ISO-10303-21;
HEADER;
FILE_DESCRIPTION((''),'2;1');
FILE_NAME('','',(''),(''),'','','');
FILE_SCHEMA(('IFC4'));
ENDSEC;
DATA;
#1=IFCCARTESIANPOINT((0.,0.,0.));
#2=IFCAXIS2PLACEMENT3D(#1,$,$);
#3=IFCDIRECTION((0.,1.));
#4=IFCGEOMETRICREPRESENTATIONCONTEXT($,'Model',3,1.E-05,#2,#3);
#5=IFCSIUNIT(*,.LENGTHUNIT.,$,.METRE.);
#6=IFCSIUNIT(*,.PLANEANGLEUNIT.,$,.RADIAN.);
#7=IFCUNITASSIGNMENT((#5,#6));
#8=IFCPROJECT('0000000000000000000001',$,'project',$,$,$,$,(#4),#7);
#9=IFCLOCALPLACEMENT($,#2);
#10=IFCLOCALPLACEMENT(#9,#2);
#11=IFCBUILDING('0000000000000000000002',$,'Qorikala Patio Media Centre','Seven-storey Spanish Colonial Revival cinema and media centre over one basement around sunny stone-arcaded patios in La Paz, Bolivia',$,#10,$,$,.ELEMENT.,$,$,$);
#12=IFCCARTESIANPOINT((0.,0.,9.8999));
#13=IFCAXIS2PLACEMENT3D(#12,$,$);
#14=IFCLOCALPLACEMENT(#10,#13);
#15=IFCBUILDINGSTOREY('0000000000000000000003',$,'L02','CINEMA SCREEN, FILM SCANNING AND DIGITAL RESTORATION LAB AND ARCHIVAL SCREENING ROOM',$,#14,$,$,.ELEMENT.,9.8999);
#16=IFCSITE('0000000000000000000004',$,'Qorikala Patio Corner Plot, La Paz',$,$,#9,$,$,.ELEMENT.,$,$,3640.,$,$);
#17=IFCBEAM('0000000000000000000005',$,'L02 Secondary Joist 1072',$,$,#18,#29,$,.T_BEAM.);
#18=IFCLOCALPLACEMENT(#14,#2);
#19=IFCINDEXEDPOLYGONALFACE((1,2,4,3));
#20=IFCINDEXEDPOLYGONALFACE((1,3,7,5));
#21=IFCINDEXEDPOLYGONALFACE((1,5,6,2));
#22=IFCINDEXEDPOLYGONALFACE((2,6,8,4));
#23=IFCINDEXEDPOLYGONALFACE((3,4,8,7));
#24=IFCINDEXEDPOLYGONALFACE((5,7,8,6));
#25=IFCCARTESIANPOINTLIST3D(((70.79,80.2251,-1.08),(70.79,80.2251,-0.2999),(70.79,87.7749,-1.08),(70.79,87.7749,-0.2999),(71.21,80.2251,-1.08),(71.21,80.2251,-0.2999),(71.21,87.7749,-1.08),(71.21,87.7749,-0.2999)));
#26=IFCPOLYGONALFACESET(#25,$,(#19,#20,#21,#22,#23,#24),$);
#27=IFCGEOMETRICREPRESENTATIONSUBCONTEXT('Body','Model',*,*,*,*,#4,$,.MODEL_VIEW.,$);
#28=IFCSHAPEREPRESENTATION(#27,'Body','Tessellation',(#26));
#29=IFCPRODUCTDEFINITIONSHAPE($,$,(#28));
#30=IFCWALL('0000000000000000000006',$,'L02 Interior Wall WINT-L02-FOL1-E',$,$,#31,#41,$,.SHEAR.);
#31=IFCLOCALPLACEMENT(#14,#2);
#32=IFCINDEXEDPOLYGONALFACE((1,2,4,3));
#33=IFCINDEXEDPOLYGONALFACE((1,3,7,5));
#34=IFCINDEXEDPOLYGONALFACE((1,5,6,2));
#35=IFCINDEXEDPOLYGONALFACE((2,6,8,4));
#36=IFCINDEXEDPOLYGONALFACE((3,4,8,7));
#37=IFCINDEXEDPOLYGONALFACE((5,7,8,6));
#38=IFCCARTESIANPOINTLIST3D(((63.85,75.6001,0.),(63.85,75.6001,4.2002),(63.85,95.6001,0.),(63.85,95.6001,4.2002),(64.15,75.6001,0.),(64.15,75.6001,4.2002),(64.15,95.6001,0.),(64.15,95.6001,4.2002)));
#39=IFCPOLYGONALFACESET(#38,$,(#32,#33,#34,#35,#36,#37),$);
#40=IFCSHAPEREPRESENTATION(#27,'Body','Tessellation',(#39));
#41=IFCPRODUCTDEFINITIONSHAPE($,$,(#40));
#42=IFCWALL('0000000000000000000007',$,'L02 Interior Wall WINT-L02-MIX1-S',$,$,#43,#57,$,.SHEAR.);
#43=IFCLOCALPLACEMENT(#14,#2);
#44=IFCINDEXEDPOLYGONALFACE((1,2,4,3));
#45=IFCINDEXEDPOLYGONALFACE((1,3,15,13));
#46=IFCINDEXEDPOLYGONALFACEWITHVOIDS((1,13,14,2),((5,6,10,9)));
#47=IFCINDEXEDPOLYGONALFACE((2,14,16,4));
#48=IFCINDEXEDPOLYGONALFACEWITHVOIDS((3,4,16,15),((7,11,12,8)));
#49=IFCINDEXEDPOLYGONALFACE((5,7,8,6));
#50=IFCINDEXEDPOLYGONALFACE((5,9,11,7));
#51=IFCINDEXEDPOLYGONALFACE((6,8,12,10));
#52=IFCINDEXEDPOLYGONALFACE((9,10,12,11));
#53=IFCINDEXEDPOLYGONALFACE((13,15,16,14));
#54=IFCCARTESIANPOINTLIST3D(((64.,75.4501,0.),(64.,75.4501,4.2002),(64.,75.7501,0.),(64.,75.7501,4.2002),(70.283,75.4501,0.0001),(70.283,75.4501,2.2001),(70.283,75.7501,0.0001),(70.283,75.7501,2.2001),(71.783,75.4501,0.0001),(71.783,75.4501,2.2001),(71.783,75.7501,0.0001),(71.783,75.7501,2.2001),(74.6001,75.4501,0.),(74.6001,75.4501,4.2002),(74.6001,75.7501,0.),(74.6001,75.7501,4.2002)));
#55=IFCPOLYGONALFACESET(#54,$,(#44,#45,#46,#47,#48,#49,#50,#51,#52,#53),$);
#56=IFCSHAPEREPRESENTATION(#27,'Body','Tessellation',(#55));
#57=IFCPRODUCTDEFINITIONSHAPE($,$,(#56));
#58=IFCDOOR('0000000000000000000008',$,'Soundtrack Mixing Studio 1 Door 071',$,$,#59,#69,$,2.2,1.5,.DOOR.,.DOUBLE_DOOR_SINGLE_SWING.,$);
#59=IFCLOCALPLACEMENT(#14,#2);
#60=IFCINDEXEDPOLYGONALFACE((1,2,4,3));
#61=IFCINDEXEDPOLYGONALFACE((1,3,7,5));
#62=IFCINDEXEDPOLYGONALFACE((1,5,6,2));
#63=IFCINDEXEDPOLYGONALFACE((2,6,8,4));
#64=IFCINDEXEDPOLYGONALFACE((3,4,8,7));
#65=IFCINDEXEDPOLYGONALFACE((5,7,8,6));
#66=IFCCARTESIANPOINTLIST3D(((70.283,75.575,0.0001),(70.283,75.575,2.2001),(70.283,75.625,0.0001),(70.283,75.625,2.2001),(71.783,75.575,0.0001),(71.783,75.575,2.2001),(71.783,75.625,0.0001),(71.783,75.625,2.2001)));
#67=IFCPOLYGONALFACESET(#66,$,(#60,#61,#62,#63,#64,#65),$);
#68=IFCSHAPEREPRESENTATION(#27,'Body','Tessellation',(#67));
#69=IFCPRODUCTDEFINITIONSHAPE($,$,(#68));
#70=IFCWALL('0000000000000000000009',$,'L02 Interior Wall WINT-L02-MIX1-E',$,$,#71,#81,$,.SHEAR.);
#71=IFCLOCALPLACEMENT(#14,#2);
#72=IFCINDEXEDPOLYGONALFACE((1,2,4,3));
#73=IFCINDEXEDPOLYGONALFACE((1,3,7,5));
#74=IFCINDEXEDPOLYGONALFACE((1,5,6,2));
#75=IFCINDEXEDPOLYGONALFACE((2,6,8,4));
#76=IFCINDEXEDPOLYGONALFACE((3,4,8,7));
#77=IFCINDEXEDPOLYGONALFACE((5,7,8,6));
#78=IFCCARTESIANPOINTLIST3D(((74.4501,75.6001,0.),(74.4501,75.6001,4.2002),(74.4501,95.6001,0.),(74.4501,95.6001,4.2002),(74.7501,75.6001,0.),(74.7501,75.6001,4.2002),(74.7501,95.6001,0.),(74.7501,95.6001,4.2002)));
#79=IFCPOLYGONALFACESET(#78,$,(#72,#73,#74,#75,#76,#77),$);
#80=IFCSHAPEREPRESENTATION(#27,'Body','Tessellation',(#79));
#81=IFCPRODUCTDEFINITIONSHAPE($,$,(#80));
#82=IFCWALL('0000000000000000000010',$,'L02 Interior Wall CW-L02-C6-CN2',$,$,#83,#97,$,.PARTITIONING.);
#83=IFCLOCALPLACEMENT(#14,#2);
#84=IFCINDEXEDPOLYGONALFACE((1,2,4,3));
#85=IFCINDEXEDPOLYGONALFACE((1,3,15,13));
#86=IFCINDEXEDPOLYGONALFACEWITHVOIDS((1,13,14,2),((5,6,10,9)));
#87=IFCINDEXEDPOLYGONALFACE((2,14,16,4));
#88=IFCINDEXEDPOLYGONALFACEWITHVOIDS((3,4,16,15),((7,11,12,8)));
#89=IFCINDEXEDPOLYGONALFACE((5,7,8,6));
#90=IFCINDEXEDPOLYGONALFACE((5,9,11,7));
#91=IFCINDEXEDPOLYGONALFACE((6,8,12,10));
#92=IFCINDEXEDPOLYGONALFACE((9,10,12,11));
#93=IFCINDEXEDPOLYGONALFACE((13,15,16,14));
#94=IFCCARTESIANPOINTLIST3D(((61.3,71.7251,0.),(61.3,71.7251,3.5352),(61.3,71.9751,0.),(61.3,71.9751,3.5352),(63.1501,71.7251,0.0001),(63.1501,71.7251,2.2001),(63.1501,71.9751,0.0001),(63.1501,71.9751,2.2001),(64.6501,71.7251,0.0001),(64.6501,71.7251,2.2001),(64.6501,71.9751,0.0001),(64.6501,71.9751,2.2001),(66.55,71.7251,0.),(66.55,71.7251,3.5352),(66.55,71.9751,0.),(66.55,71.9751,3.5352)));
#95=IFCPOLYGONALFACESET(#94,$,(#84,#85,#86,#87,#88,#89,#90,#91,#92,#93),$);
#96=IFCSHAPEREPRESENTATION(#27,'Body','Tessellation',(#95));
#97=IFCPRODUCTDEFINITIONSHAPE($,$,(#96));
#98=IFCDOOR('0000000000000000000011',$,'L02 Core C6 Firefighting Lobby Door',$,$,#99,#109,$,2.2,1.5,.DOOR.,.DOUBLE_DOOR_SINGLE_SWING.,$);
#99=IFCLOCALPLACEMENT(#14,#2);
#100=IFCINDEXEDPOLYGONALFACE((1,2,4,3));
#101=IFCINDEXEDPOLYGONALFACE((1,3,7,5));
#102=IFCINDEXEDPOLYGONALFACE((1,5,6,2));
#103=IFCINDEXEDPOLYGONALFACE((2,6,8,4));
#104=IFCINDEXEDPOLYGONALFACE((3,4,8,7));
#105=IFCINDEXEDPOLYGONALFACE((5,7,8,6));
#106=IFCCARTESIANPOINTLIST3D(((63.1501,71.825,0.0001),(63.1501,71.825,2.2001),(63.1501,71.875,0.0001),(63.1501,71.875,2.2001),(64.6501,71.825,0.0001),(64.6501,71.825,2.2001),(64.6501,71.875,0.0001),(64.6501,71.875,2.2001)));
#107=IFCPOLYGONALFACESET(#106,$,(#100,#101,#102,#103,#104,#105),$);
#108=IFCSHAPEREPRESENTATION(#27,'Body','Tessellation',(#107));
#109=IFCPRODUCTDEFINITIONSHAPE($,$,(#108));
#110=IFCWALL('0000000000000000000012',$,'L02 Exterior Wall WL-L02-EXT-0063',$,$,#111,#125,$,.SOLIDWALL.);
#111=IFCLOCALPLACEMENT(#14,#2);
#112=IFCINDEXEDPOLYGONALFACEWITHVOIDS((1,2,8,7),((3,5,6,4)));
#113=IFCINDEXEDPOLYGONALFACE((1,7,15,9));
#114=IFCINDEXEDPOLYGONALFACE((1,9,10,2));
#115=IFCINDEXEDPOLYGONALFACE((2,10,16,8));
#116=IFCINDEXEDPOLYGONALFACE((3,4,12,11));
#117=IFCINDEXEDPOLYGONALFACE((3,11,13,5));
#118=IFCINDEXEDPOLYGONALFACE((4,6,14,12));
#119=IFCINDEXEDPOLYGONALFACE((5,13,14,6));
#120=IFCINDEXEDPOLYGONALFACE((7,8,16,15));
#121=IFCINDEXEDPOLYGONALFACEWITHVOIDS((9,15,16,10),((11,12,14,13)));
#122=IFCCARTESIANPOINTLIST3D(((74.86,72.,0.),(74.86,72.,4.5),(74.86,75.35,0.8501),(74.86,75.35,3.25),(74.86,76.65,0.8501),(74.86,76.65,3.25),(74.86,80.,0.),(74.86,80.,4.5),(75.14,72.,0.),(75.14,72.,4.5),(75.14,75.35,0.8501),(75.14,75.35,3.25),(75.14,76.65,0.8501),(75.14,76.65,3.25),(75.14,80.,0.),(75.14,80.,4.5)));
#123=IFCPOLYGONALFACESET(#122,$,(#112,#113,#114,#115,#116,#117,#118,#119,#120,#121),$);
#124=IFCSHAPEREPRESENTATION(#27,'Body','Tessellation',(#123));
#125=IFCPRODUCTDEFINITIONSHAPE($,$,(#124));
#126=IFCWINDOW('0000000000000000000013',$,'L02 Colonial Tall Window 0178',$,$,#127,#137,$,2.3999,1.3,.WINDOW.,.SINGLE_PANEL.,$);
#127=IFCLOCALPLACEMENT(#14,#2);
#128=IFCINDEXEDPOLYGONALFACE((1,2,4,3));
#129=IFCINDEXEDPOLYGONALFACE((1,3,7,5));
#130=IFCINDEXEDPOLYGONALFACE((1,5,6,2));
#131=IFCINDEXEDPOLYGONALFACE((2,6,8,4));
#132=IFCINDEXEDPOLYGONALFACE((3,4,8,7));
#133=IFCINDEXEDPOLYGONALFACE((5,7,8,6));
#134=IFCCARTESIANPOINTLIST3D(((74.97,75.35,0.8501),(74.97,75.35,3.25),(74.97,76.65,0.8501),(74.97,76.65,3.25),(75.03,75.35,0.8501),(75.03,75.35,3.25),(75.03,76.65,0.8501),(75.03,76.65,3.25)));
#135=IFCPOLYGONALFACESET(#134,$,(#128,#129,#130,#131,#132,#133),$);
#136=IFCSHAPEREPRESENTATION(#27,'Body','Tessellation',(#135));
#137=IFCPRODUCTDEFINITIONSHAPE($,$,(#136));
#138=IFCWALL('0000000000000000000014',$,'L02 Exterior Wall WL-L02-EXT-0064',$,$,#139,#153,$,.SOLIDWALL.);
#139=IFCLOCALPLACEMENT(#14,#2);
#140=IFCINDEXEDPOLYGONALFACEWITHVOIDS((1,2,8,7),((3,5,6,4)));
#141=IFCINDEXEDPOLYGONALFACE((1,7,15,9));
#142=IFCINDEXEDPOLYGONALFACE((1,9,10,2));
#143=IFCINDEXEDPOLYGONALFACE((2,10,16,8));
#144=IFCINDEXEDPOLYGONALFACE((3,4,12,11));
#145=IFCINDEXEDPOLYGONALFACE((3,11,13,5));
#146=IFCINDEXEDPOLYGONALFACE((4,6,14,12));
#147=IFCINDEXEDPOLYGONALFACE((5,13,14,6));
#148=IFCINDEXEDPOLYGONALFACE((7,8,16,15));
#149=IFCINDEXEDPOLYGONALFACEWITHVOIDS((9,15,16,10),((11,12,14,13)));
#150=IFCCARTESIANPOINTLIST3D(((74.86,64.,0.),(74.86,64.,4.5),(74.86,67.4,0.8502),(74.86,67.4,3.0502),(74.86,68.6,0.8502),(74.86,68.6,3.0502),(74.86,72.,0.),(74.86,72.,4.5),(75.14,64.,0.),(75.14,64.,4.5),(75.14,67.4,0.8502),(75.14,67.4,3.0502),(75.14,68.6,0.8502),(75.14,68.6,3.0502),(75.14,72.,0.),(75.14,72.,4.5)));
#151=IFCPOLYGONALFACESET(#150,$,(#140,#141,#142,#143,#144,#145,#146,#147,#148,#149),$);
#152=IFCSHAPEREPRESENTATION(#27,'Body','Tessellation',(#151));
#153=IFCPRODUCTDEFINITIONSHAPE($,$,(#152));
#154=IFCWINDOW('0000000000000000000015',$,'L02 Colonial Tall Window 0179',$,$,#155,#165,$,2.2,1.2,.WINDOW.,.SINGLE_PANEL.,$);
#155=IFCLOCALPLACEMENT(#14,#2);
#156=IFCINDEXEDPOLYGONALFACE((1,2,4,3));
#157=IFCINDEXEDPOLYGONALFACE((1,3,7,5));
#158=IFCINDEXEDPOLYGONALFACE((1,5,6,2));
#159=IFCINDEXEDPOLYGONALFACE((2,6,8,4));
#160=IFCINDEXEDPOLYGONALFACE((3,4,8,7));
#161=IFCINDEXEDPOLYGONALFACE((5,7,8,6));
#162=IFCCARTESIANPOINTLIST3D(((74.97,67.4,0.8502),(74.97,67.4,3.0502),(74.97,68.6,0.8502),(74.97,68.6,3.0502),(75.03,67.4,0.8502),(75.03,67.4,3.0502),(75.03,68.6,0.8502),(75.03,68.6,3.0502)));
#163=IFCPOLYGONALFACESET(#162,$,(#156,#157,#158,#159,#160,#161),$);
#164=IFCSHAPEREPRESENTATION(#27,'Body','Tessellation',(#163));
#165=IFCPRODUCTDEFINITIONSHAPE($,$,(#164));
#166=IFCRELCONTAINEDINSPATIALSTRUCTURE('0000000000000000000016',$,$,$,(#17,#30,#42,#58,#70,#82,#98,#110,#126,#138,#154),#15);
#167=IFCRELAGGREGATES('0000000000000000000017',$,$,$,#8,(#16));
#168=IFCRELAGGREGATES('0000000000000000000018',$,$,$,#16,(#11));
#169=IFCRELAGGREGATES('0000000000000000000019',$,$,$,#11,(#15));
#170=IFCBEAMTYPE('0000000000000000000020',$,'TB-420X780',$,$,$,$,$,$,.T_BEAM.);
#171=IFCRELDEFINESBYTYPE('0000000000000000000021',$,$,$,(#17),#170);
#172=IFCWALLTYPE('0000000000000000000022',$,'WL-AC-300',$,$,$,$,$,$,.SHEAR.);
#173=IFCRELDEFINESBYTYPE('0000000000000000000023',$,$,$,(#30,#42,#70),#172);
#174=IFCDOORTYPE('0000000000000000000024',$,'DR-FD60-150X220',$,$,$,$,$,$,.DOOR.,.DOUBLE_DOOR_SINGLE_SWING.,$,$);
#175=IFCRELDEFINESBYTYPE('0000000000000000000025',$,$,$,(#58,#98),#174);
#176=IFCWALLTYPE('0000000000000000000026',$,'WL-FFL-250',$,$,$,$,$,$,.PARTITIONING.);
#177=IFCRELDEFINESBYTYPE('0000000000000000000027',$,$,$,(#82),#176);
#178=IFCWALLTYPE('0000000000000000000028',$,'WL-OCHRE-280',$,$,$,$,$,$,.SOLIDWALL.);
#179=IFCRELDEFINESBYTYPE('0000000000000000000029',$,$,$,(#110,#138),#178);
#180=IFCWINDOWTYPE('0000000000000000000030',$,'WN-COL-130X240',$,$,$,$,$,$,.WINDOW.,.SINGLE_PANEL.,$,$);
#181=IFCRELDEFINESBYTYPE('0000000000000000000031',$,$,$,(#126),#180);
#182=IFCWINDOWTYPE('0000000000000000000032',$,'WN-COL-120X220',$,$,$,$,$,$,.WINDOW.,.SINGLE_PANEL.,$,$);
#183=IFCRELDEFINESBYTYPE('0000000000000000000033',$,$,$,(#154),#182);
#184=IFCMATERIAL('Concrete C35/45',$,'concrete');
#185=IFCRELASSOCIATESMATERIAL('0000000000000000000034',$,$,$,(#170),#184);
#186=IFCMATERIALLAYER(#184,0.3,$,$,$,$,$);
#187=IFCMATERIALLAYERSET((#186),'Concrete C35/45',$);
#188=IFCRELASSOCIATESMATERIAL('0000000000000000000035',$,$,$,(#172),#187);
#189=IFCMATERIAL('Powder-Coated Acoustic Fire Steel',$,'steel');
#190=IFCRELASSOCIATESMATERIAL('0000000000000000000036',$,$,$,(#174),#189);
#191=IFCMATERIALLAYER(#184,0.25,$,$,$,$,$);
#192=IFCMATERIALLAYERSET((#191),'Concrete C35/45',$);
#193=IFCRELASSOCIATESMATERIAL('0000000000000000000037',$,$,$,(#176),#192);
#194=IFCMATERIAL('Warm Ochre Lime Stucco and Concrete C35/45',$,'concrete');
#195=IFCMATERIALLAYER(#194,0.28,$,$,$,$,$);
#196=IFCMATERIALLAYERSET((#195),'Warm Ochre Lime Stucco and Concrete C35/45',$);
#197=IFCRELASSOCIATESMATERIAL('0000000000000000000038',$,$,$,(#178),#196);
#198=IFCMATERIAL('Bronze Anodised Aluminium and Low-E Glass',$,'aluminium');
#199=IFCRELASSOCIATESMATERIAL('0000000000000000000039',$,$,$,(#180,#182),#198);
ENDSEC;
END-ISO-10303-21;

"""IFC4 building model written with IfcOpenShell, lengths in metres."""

from ifc_helpers import new_model, si_unit, direction, frame, frame_2d, origin, origin_2d, place, context, subcontext, project, spatial, rectangle, extrude, material, layer, layer_set, material_profile, profile_set, type_object, element, fill, save


model = new_model("IFC4")

# Units and contexts
model_context = context("Model", 3, precision=1e-05, world=origin(), true_north=direction((0.0, 1.0)))
body_context = subcontext(model_context, "Body", "Model", "MODEL_VIEW")
ifc_project = project(units=[si_unit("LENGTHUNIT", "METRE"), si_unit("PLANEANGLEUNIT", "RADIAN")], contexts=[model_context])

# Site, building, storey
site_placement = place(None, origin())
site = spatial("IfcSite", under=ifc_project, at=site_placement, Name="Qorikala Patio Corner Plot, La Paz", CompositionType="ELEMENT", RefElevation=3640.0)
building_placement = place(site_placement, origin())
building = spatial("IfcBuilding", under=site, at=building_placement, Name="Qorikala Patio Media Centre", Description="Seven-storey Spanish Colonial Revival cinema and media centre over one basement around sunny stone-arcaded patios in La Paz, Bolivia", CompositionType="ELEMENT")
storey_placement = place(building_placement, frame((0.0, 0.0, 9.8999)))
storey = spatial("IfcBuildingStorey", under=building, at=storey_placement, Name="L02", Description="CINEMA SCREEN, FILM SCANNING AND DIGITAL RESTORATION LAB AND ARCHIVAL SCREENING ROOM", CompositionType="ELEMENT", Elevation=9.8999)

# Shared definitions
ifc_material_1 = material(Name="Concrete C35/45", Category="concrete")

# Beam
ifc_material_profile_1 = material_profile(ifc_material_1, rectangle(XDim=0.4199, YDim=0.78, at=origin_2d()), Name="RC 420x780")
ifc_profile_set_1 = profile_set([ifc_material_profile_1], Name="Concrete C35/45")
beam_type_1 = type_object("IfcBeamType", Name="TB-420X780", PredefinedType="T_BEAM", material=ifc_profile_set_1)
for number, where, z_axis, x_axis, name in (
    (1, (71.0, 80.2251, -0.6899), (0.0, 1.0, 0.0), (-1.0, 0.0, 0.0), "L02 Secondary Joist 1072"),
):
    element("IfcBeam", number, at=place(storey_placement, frame(where, z_axis=z_axis, x_axis=x_axis)), inside=storey, type_object=beam_type_1, Name=name, PredefinedType="T_BEAM", context=body_context, shape_type="SweptSolid", body=[
        extrude(rectangle(XDim=0.4199, YDim=0.78, at=origin_2d()), origin(), (0.0, 0.0, 1.0), 7.5498),
    ])

# Wall
ifc_layer_1 = layer(ifc_material_1, 0.3)
ifc_layer_set_1 = layer_set([ifc_layer_1], Name="Concrete C35/45")
wall_type_1 = type_object("IfcWallType", Name="WL-AC-300", PredefinedType="SHEAR", material=ifc_layer_set_1)
wall_1_placement = place(storey_placement, frame((64.0, 75.6001, 0.0), z_axis=(0.0, 0.0, 1.0), x_axis=(0.0, 1.0, 0.0)))
element("IfcWall", 2, at=wall_1_placement, inside=storey, type_object=wall_type_1, Name="L02 Interior Wall WINT-L02-FOL1-E", PredefinedType="SHEAR", context=body_context, shape_type="SweptSolid", body=[
    extrude(rectangle(XDim=20.0, YDim=0.3, at=frame_2d((10.0, 0.0))), origin(), (0.0, 0.0, 1.0), 4.2002),
])

# Wall, opening, door
wall_2_placement = place(storey_placement, frame((64.0, 75.6001, 0.0), z_axis=(0.0, 0.0, 1.0), x_axis=(1.0, 0.0, 0.0)))
wall_2 = element("IfcWall", 3, at=wall_2_placement, inside=storey, type_object=wall_type_1, Name="L02 Interior Wall WINT-L02-MIX1-S", PredefinedType="SHEAR", context=body_context, shape_type="SweptSolid", body=[
    extrude(rectangle(XDim=10.6001, YDim=0.3, at=frame_2d((5.3, 0.0))), origin(), (0.0, 0.0, 1.0), 4.2002),
])
opening_1_placement = place(wall_2_placement, frame((6.283, 0.0, 0.0)))
opening_1 = element("IfcOpeningElement", 4, at=opening_1_placement, cuts=wall_2, PredefinedType="OPENING", context=body_context, shape_type="SweptSolid", body=[
    extrude(rectangle(XDim=1.5, YDim=2.2, at=frame_2d((0.75, 1.1001))), frame((0.0, 0.1599, 0.0), z_axis=(0.0, -1.0, 0.0), x_axis=(1.0, 0.0, 0.0)), (0.0, 0.0, 1.0), 0.3201),
])
ifc_material_2 = material(Name="Powder-Coated Acoustic Fire Steel", Category="steel")
door_type_1 = type_object("IfcDoorType", Name="DR-FD60-150X220", OperationType="DOUBLE_DOOR_SINGLE_SWING", PredefinedType="DOOR", material=ifc_material_2)
door_1_placement = place(opening_1_placement, origin())
door_1 = element("IfcDoor", 5, at=door_1_placement, inside=storey, type_object=door_type_1, Name="Soundtrack Mixing Studio 1 Door 071", OperationType="DOUBLE_DOOR_SINGLE_SWING", OverallHeight=2.2, OverallWidth=1.5, PredefinedType="DOOR", context=body_context, shape_type="SweptSolid", body=[
    extrude(rectangle(XDim=1.5, YDim=2.2, at=frame_2d((0.75, 1.1001))), frame((0.0, 0.0249, 0.0), z_axis=(0.0, -1.0, 0.0), x_axis=(1.0, 0.0, 0.0)), (0.0, 0.0, 1.0), 0.05),
])
fill(opening_1, door_1)

# Wall
wall_3_placement = place(storey_placement, frame((74.6001, 75.6001, 0.0), z_axis=(0.0, 0.0, 1.0), x_axis=(0.0, 1.0, 0.0)))
element("IfcWall", 6, at=wall_3_placement, inside=storey, type_object=wall_type_1, Name="L02 Interior Wall WINT-L02-MIX1-E", PredefinedType="SHEAR", context=body_context, shape_type="SweptSolid", body=[
    extrude(rectangle(XDim=20.0, YDim=0.3, at=frame_2d((10.0, 0.0))), origin(), (0.0, 0.0, 1.0), 4.2002),
])

# Wall, opening, door
ifc_layer_2 = layer(ifc_material_1, 0.25)
ifc_layer_set_2 = layer_set([ifc_layer_2], Name="Concrete C35/45")
wall_type_2 = type_object("IfcWallType", Name="WL-FFL-250", PredefinedType="PARTITIONING", material=ifc_layer_set_2)
wall_4_placement = place(storey_placement, frame((61.3, 71.8501, 0.0), z_axis=(0.0, 0.0, 1.0), x_axis=(1.0, 0.0, 0.0)))
wall_4 = element("IfcWall", 7, at=wall_4_placement, inside=storey, type_object=wall_type_2, Name="L02 Interior Wall CW-L02-C6-CN2", PredefinedType="PARTITIONING", context=body_context, shape_type="SweptSolid", body=[
    extrude(rectangle(XDim=5.25, YDim=0.25, at=frame_2d((2.625, 0.0))), origin(), (0.0, 0.0, 1.0), 3.5352),
])
opening_2_placement = place(wall_4_placement, frame((1.8501, 0.0, 0.0)))
opening_2 = element("IfcOpeningElement", 8, at=opening_2_placement, cuts=wall_4, PredefinedType="OPENING", context=body_context, shape_type="SweptSolid", body=[
    extrude(rectangle(XDim=1.5, YDim=2.2, at=frame_2d((0.75, 1.1001))), frame((0.0, 0.135, 0.0), z_axis=(0.0, -1.0, 0.0), x_axis=(1.0, 0.0, 0.0)), (0.0, 0.0, 1.0), 0.27),
])
door_2_placement = place(opening_2_placement, origin())
door_2 = element("IfcDoor", 9, at=door_2_placement, inside=storey, type_object=door_type_1, Name="L02 Core C6 Firefighting Lobby Door", OperationType="DOUBLE_DOOR_SINGLE_SWING", OverallHeight=2.2, OverallWidth=1.5, PredefinedType="DOOR", context=body_context, shape_type="SweptSolid", body=[
    extrude(rectangle(XDim=1.5, YDim=2.2, at=frame_2d((0.75, 1.1001))), frame((0.0, 0.0249, 0.0), z_axis=(0.0, -1.0, 0.0), x_axis=(1.0, 0.0, 0.0)), (0.0, 0.0, 1.0), 0.05),
])
fill(opening_2, door_2)

# Walls, openings, windows
ifc_material_3 = material(Name="Warm Ochre Lime Stucco and Concrete C35/45", Category="concrete")
ifc_layer_3 = layer(ifc_material_3, 0.28)
ifc_layer_set_3 = layer_set([ifc_layer_3], Name="Warm Ochre Lime Stucco and Concrete C35/45")
wall_type_3 = type_object("IfcWallType", Name="WL-OCHRE-280", PredefinedType="SOLIDWALL", material=ifc_layer_set_3)
wall_5_placement = place(storey_placement, frame((75.0, 80.0, 0.0), z_axis=(0.0, 0.0, 1.0), x_axis=(0.0, -1.0, 0.0)))
wall_5 = element("IfcWall", 10, at=wall_5_placement, inside=storey, type_object=wall_type_3, Name="L02 Exterior Wall WL-L02-EXT-0063", PredefinedType="SOLIDWALL", context=body_context, shape_type="SweptSolid", body=[
    extrude(rectangle(XDim=8.0, YDim=0.28, at=frame_2d((4.0, 0.0))), origin(), (0.0, 0.0, 1.0), 4.5),
])
opening_3_placement = place(wall_5_placement, frame((3.3501, 0.0, 0.8501)))
opening_3 = element("IfcOpeningElement", 11, at=opening_3_placement, cuts=wall_5, PredefinedType="OPENING", context=body_context, shape_type="SweptSolid", body=[
    extrude(rectangle(XDim=1.3, YDim=2.3999, at=frame_2d((0.6499, 1.2))), frame((0.0, 0.1499, 0.0), z_axis=(0.0, -1.0, 0.0), x_axis=(1.0, 0.0, 0.0)), (0.0, 0.0, 1.0), 0.3),
])
ifc_material_4 = material(Name="Bronze Anodised Aluminium and Low-E Glass", Category="aluminium")
window_type_1 = type_object("IfcWindowType", Name="WN-COL-130X240", PartitioningType="SINGLE_PANEL", PredefinedType="WINDOW", material=ifc_material_4)
window_1_placement = place(opening_3_placement, origin())
window_1 = element("IfcWindow", 12, at=window_1_placement, inside=storey, type_object=window_type_1, Name="L02 Colonial Tall Window 0178", OverallHeight=2.3999, OverallWidth=1.3, PartitioningType="SINGLE_PANEL", PredefinedType="WINDOW", context=body_context, shape_type="SweptSolid", body=[
    extrude(rectangle(XDim=1.3, YDim=2.3999, at=frame_2d((0.6499, 1.2))), frame((0.0, 0.03, 0.0), z_axis=(0.0, -1.0, 0.0), x_axis=(1.0, 0.0, 0.0)), (0.0, 0.0, 1.0), 0.0601),
])
fill(opening_3, window_1)
wall_6_placement = place(storey_placement, frame((75.0, 72.0, 0.0), z_axis=(0.0, 0.0, 1.0), x_axis=(0.0, -1.0, 0.0)))
wall_6 = element("IfcWall", 13, at=wall_6_placement, inside=storey, type_object=wall_type_3, Name="L02 Exterior Wall WL-L02-EXT-0064", PredefinedType="SOLIDWALL", context=body_context, shape_type="SweptSolid", body=[
    extrude(rectangle(XDim=8.0, YDim=0.28, at=frame_2d((4.0, 0.0))), origin(), (0.0, 0.0, 1.0), 4.5),
])
opening_4_placement = place(wall_6_placement, frame((3.3999, 0.0, 0.8501)))
opening_4 = element("IfcOpeningElement", 14, at=opening_4_placement, cuts=wall_6, PredefinedType="OPENING", context=body_context, shape_type="SweptSolid", body=[
    extrude(rectangle(XDim=1.2, YDim=2.2, at=frame_2d((0.6001, 1.1001))), frame((0.0, 0.1499, 0.0), z_axis=(0.0, -1.0, 0.0), x_axis=(1.0, 0.0, 0.0)), (0.0, 0.0, 1.0), 0.3),
])
window_type_2 = type_object("IfcWindowType", Name="WN-COL-120X220", PartitioningType="SINGLE_PANEL", PredefinedType="WINDOW", material=ifc_material_4)
window_2_placement = place(opening_4_placement, origin())
window_2 = element("IfcWindow", 15, at=window_2_placement, inside=storey, type_object=window_type_2, Name="L02 Colonial Tall Window 0179", OverallHeight=2.2, OverallWidth=1.2, PartitioningType="SINGLE_PANEL", PredefinedType="WINDOW", context=body_context, shape_type="SweptSolid", body=[
    extrude(rectangle(XDim=1.2, YDim=2.2, at=frame_2d((0.6001, 1.1001))), frame((0.0, 0.03, 0.0), z_axis=(0.0, -1.0, 0.0), x_axis=(1.0, 0.0, 0.0)), (0.0, 0.0, 1.0), 0.0601),
])
fill(opening_4, window_2)

save(model, "model.ifc")
